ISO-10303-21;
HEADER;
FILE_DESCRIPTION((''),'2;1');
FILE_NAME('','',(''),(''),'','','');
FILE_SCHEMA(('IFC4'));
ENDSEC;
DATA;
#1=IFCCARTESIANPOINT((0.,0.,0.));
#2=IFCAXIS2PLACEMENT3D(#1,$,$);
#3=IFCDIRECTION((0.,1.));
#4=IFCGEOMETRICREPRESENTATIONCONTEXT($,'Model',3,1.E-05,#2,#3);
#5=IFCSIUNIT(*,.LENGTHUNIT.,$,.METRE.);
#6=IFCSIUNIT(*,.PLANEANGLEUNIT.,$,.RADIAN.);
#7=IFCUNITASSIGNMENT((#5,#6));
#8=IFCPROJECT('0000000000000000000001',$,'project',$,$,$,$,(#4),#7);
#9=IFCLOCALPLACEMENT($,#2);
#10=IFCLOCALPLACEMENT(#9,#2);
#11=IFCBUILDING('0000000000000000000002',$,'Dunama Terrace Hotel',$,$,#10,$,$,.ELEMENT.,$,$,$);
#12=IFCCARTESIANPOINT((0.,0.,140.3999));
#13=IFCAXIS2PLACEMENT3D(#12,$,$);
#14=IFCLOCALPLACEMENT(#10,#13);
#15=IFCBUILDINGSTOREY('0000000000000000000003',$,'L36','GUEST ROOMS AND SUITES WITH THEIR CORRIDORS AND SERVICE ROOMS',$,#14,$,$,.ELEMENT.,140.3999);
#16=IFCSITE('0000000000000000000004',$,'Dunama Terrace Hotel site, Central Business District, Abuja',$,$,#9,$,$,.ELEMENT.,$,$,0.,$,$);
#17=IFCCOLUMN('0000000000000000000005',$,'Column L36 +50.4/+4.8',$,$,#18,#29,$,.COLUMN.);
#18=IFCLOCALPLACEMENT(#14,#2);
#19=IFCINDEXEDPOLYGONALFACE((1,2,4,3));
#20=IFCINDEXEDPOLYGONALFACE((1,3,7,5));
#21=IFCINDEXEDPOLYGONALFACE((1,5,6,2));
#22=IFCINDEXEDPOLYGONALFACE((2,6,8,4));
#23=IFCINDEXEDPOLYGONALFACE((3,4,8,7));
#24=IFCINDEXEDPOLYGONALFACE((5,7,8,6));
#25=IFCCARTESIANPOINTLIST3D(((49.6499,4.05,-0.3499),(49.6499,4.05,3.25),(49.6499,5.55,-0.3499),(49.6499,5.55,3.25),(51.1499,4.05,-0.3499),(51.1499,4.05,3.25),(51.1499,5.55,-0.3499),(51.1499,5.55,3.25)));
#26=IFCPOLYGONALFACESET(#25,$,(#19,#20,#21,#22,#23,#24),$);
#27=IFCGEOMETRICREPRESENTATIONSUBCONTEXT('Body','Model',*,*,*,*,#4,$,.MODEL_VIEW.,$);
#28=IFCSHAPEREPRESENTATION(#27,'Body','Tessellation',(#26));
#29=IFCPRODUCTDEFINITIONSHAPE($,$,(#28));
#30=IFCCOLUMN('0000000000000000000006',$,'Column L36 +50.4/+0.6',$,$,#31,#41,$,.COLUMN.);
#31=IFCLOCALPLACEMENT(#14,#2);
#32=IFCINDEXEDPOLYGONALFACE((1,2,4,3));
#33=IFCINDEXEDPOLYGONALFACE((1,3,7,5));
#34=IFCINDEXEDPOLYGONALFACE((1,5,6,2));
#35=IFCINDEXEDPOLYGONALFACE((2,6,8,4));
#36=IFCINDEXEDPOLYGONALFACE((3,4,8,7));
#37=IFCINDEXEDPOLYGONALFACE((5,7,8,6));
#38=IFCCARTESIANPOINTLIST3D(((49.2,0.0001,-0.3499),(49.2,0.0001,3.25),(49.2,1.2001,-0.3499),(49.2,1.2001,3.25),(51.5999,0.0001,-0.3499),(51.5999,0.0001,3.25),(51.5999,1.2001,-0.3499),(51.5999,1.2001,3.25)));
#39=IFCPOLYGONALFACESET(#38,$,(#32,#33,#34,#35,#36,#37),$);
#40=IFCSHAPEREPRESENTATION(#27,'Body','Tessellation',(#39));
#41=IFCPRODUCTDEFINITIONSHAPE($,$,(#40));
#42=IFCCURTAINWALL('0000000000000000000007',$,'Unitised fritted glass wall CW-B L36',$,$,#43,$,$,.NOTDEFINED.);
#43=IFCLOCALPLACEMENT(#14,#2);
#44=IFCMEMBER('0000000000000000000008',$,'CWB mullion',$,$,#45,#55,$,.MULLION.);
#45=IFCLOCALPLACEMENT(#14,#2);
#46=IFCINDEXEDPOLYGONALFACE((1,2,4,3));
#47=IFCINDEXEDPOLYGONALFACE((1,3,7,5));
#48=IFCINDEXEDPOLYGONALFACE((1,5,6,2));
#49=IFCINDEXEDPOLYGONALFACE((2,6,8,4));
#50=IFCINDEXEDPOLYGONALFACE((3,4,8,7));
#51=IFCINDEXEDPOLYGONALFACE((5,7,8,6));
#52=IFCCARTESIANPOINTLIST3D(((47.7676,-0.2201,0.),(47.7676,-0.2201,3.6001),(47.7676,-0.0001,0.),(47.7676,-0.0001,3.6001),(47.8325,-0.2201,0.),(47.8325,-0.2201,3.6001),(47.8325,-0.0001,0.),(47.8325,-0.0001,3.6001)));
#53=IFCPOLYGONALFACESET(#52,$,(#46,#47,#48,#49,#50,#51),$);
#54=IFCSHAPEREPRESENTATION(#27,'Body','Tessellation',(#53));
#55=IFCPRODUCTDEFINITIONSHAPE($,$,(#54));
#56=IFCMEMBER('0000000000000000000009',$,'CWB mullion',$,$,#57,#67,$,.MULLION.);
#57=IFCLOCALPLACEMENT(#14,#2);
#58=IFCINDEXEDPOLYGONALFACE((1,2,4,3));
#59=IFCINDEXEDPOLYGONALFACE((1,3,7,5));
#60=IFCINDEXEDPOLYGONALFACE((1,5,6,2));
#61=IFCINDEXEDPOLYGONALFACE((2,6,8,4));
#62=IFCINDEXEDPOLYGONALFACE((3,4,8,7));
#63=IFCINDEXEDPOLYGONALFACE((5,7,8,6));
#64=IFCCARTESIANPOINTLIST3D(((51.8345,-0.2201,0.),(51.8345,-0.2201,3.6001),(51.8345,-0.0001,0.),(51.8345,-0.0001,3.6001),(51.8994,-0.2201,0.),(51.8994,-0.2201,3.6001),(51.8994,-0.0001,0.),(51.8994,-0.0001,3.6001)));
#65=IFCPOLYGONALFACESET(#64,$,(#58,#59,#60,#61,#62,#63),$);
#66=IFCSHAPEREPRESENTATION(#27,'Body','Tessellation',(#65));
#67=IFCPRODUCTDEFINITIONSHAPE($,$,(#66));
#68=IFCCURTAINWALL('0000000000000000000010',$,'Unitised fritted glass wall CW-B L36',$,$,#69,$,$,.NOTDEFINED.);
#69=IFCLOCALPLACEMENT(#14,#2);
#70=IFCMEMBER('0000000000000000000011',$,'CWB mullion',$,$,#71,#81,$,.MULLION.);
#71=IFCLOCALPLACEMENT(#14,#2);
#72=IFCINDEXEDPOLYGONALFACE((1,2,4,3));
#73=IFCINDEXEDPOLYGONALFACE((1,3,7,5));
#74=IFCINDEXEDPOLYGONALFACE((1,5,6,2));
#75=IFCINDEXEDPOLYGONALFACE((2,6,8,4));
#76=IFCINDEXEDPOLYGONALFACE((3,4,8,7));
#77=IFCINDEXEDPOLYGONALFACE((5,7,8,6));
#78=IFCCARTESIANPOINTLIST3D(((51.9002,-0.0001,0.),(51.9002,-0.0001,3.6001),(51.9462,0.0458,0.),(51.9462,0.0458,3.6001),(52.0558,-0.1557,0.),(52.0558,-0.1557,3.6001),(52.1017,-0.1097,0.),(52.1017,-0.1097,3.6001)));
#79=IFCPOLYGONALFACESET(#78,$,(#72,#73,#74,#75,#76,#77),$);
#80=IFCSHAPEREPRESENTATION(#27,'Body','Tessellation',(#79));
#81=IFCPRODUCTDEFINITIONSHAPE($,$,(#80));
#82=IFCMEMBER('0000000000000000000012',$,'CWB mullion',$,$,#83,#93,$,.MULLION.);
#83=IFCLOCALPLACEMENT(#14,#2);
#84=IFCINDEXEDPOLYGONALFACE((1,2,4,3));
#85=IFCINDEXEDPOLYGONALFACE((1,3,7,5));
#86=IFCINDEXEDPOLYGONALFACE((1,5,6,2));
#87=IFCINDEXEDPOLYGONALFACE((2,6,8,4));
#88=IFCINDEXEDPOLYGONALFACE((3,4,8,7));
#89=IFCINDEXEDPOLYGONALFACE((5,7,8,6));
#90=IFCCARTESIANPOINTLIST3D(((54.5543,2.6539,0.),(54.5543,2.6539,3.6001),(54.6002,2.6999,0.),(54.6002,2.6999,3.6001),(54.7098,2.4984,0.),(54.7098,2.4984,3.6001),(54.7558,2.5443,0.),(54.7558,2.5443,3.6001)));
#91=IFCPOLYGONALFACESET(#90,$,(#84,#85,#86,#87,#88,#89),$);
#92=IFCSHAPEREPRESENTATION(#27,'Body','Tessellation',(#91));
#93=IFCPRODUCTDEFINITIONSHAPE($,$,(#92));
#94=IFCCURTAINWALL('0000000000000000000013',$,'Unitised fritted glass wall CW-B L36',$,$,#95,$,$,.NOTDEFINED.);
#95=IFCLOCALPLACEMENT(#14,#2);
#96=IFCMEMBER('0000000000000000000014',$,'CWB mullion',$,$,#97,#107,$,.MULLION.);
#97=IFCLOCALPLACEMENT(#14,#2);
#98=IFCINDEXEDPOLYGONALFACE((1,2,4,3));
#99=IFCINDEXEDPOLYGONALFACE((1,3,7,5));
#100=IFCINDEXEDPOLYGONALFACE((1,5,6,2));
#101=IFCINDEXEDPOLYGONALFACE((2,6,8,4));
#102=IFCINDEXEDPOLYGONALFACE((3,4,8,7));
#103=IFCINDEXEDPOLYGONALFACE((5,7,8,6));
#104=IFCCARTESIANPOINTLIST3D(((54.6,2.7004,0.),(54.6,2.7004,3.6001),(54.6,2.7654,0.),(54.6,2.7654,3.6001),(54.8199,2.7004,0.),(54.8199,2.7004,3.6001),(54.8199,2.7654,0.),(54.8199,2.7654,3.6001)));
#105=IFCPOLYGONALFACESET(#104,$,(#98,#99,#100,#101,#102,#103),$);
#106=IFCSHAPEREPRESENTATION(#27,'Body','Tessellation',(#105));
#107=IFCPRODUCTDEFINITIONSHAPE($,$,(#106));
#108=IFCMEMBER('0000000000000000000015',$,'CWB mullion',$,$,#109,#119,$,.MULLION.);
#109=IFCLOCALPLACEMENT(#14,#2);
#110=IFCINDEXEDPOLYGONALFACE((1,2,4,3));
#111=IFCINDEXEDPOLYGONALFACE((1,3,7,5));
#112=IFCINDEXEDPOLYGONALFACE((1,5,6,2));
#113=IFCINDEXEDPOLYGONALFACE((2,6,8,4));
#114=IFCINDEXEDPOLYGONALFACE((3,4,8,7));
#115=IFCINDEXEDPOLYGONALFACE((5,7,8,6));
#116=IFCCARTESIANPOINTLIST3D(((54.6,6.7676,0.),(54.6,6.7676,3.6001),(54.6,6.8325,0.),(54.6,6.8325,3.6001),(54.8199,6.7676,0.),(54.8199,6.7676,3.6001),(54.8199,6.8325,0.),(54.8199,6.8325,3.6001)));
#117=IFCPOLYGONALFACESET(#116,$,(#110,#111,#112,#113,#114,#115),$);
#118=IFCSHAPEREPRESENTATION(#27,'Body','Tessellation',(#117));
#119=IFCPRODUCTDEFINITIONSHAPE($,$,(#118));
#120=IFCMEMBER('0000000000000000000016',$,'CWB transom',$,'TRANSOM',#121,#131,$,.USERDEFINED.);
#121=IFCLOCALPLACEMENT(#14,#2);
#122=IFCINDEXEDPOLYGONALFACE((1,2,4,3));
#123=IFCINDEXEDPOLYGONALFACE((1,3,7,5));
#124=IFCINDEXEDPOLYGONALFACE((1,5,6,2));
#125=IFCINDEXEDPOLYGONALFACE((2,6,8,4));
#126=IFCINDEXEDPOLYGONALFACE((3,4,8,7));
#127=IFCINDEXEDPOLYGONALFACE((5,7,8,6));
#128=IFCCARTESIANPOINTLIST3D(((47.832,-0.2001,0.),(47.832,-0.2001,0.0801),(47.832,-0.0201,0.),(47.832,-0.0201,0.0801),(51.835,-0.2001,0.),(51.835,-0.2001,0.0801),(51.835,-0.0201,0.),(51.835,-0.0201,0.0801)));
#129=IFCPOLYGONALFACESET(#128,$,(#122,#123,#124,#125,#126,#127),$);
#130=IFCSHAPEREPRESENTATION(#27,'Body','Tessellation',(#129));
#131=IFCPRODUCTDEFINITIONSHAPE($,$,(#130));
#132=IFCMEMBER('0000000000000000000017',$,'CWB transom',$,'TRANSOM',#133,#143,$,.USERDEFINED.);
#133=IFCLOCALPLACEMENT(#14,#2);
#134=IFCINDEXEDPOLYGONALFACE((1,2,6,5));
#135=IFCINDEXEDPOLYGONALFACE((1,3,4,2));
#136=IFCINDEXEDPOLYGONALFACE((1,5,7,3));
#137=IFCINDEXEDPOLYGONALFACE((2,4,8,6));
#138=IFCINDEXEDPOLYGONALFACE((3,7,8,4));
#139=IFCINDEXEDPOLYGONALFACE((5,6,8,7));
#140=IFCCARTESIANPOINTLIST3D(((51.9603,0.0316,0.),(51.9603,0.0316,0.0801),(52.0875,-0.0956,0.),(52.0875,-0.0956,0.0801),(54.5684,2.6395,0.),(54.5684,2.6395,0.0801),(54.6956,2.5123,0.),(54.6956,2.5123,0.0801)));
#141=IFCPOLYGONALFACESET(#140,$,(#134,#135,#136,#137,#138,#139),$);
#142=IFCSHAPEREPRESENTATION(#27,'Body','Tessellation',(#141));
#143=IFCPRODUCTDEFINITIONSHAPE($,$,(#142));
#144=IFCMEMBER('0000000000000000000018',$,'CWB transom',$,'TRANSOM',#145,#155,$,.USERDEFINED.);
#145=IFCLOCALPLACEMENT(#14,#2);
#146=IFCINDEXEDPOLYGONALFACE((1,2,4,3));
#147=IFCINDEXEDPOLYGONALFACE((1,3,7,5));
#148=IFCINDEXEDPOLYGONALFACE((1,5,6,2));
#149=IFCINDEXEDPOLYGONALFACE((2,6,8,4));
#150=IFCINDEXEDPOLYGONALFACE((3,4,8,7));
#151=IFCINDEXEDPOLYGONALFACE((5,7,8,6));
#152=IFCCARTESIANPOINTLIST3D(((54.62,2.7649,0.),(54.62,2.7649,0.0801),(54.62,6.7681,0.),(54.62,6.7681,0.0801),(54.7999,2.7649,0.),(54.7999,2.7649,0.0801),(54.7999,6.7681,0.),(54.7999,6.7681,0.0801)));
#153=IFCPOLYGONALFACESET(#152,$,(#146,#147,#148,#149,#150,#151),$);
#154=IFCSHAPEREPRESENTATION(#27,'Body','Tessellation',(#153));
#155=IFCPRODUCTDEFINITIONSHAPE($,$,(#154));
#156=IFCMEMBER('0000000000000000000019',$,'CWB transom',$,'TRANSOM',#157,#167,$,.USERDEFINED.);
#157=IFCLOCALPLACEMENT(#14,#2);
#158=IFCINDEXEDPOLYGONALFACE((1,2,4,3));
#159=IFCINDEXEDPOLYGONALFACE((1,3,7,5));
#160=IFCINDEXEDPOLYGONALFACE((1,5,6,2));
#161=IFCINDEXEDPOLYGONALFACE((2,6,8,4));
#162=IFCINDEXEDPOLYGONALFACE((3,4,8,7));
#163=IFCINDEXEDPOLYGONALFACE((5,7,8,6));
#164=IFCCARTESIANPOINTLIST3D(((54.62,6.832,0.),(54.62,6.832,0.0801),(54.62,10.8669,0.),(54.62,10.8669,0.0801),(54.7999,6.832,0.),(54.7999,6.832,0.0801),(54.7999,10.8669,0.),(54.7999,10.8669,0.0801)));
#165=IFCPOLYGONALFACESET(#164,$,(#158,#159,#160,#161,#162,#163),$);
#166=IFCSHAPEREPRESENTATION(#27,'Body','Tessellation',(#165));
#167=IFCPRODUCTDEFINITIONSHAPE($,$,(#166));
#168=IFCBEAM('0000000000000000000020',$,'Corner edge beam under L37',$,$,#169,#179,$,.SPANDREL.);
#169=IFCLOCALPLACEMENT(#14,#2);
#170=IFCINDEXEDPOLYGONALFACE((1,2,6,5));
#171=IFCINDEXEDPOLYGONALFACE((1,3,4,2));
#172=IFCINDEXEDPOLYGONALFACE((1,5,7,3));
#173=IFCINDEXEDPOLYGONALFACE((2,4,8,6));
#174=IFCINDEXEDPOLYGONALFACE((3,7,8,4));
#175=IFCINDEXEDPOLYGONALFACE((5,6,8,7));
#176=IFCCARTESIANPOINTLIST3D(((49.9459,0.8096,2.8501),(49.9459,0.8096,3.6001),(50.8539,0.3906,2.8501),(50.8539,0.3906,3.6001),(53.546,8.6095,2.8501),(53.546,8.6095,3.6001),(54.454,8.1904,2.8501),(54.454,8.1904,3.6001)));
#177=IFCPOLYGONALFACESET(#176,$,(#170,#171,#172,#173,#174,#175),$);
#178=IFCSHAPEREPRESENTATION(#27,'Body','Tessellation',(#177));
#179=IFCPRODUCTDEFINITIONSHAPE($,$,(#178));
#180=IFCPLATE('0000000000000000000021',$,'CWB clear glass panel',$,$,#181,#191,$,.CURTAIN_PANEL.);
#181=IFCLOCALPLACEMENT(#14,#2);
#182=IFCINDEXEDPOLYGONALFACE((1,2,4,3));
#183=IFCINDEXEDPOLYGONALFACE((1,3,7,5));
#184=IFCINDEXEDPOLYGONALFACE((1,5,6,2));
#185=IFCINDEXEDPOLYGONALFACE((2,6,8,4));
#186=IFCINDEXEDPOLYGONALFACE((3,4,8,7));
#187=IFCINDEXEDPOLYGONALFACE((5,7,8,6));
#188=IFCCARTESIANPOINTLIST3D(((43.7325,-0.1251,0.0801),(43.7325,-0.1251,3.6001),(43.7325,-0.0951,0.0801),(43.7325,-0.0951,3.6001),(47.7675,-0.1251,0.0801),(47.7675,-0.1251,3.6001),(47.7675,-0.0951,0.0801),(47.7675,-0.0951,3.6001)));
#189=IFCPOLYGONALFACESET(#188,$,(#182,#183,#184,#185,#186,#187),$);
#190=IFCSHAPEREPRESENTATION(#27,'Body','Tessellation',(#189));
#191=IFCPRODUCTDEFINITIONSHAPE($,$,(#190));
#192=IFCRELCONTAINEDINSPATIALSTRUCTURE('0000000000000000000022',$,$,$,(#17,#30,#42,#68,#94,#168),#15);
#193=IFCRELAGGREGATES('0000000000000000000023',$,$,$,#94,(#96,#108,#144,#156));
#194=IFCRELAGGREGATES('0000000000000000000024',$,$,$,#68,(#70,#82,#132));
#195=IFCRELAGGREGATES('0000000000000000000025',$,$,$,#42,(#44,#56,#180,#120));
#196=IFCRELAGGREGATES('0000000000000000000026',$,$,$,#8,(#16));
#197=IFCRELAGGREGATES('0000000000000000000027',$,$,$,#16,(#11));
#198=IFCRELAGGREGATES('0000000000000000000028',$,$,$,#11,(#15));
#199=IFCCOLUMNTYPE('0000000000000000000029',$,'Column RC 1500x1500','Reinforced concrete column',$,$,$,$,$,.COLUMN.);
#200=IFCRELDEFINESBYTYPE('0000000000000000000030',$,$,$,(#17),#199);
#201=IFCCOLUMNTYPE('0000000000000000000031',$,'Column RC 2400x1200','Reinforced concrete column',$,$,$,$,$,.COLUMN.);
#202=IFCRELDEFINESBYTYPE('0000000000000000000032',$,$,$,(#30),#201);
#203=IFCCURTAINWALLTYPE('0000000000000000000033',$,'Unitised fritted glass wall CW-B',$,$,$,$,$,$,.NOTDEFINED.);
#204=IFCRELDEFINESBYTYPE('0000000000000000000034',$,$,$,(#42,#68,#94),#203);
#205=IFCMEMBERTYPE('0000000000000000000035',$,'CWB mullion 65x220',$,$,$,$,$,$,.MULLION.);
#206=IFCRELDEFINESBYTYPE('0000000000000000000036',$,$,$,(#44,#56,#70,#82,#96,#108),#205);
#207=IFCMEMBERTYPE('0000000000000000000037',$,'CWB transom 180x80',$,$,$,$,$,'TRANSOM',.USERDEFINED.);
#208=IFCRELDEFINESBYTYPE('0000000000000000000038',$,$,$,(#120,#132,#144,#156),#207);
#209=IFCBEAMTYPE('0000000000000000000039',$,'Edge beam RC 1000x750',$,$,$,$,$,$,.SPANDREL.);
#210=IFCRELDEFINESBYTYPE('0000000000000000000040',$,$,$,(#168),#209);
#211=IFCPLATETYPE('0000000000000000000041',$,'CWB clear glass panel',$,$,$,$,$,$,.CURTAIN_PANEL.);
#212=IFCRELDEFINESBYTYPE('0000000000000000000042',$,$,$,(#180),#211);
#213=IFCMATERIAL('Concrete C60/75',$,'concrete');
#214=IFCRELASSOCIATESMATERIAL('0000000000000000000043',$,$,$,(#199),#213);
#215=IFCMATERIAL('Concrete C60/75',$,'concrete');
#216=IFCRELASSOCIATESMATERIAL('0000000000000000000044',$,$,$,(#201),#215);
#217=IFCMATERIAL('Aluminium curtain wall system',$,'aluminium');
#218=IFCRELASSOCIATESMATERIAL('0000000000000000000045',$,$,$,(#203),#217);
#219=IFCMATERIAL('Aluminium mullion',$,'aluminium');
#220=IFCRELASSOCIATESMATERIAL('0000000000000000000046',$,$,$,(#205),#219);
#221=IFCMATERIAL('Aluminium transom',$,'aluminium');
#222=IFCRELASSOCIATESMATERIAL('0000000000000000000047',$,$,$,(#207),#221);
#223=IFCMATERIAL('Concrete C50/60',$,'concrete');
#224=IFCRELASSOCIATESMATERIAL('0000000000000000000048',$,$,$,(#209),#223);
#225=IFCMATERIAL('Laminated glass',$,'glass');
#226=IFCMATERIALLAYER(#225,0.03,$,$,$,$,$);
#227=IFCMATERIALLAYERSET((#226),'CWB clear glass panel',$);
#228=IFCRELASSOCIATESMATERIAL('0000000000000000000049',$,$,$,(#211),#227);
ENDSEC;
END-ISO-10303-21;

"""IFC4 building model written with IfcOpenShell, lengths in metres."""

from ifc_helpers import new_model, si_unit, direction, frame, origin, origin_2d, place, context, subcontext, project, spatial, rectangle, extrude, material, layer, layer_set, material_profile, profile_set, type_object, element, aggregate, save


model = new_model("IFC4")

# Units and contexts
model_context = context("Model", 3, precision=1e-05, world=origin(), true_north=direction((0.0, 1.0)))
body_context = subcontext(model_context, "Body", "Model", "MODEL_VIEW")
ifc_project = project(units=[si_unit("LENGTHUNIT", "METRE"), si_unit("PLANEANGLEUNIT", "RADIAN")], contexts=[model_context])

# Site, building, storey
site_placement = place(None, origin())
site = spatial("IfcSite", under=ifc_project, at=site_placement, Name="Dunama Terrace Hotel site, Central Business District, Abuja", CompositionType="ELEMENT", RefElevation=0.0)
building_placement = place(site_placement, origin())
building = spatial("IfcBuilding", under=site, at=building_placement, Name="Dunama Terrace Hotel", CompositionType="ELEMENT")
storey_placement = place(building_placement, frame((0.0, 0.0, 140.3999)))
storey = spatial("IfcBuildingStorey", under=building, at=storey_placement, Name="L36", Description="GUEST ROOMS AND SUITES WITH THEIR CORRIDORS AND SERVICE ROOMS", CompositionType="ELEMENT", Elevation=140.3999)

# Columns
ifc_material_1 = material(Name="Concrete C60/75", Category="concrete")
ifc_material_profile_1 = material_profile(ifc_material_1, rectangle(XDim=1.5, YDim=1.5, at=origin_2d()), Name="RC 1500x1500")
ifc_profile_set_1 = profile_set([ifc_material_profile_1], Name="Concrete C60/75")
column_type_1 = type_object("IfcColumnType", Name="Column RC 1500x1500", Description="Reinforced concrete column", PredefinedType="COLUMN", material=ifc_profile_set_1)
column_1_placement = place(storey_placement, frame((50.3999, 4.8, -0.3499), z_axis=(0.0, 0.0, 1.0), x_axis=(1.0, 0.0, 0.0)))
element("IfcColumn", 1, at=column_1_placement, inside=storey, type_object=column_type_1, Name="Column L36 +50.4/+4.8", PredefinedType="COLUMN", context=body_context, shape_type="SweptSolid", body=[
    extrude(rectangle(XDim=1.5, YDim=1.5, at=origin_2d()), origin(), (0.0, 0.0, 1.0), 3.5999),
])
ifc_material_2 = material(Name="Concrete C60/75", Category="concrete")
ifc_material_profile_2 = material_profile(ifc_material_2, rectangle(XDim=2.3999, YDim=1.2, at=origin_2d()), Name="RC 2400x1200")
ifc_profile_set_2 = profile_set([ifc_material_profile_2], Name="Concrete C60/75")
column_type_2 = type_object("IfcColumnType", Name="Column RC 2400x1200", Description="Reinforced concrete column", PredefinedType="COLUMN", material=ifc_profile_set_2)
column_2_placement = place(storey_placement, frame((50.3999, 0.6001, -0.3499), z_axis=(0.0, 0.0, 1.0), x_axis=(1.0, 0.0, 0.0)))
element("IfcColumn", 2, at=column_2_placement, inside=storey, type_object=column_type_2, Name="Column L36 +50.4/+0.6", PredefinedType="COLUMN", context=body_context, shape_type="SweptSolid", body=[
    extrude(rectangle(XDim=2.3999, YDim=1.2, at=origin_2d()), origin(), (0.0, 0.0, 1.0), 3.5999),
])

# Curtain walls, members
ifc_material_3 = material(Name="Aluminium curtain wall system", Category="aluminium")
curtain_wall_type = type_object("IfcCurtainWallType", Name="Unitised fritted glass wall CW-B", PredefinedType="NOTDEFINED", material=ifc_material_3)
curtain_wall_1_placement = place(storey_placement, origin())
curtain_wall_1 = element("IfcCurtainWall", 3, at=curtain_wall_1_placement, inside=storey, type_object=curtain_wall_type, Name="Unitised fritted glass wall CW-B L36", PredefinedType="NOTDEFINED")
ifc_material_4 = material(Name="Aluminium mullion", Category="aluminium")
ifc_material_profile_3 = material_profile(ifc_material_4, rectangle(XDim=0.0649, YDim=0.22, at=origin_2d()), Name="CWB MULLION 65X220")
ifc_profile_set_3 = profile_set([ifc_material_profile_3], Name="Aluminium mullion")
member_type_1 = type_object("IfcMemberType", Name="CWB mullion 65x220", PredefinedType="MULLION", material=ifc_profile_set_3)
member_1_placement = place(storey_placement, frame((47.8, -0.1101, 0.0), z_axis=(0.0, 0.0, 1.0), x_axis=(1.0, 0.0, 0.0)))
member_1 = element("IfcMember", 4, at=member_1_placement, type_object=member_type_1, Name="CWB mullion", PredefinedType="MULLION", context=body_context, shape_type="SweptSolid", body=[
    extrude(rectangle(XDim=0.0649, YDim=0.22, at=origin_2d()), origin(), (0.0, 0.0, 1.0), 3.6001),
])
member_2_placement = place(storey_placement, frame((51.8669, -0.1101, 0.0), z_axis=(0.0, 0.0, 1.0), x_axis=(1.0, 0.0, 0.0)))
member_2 = element("IfcMember", 5, at=member_2_placement, type_object=member_type_1, Name="CWB mullion", PredefinedType="MULLION", context=body_context, shape_type="SweptSolid", body=[
    extrude(rectangle(XDim=0.0649, YDim=0.22, at=origin_2d()), origin(), (0.0, 0.0, 1.0), 3.6001),
])
curtain_wall_2_placement = place(storey_placement, origin())
curtain_wall_2 = element("IfcCurtainWall", 6, at=curtain_wall_2_placement, inside=storey, type_object=curtain_wall_type, Name="Unitised fritted glass wall CW-B L36", PredefinedType="NOTDEFINED")
member_3_placement = place(storey_placement, frame((52.001, -0.0549, 0.0), z_axis=(0.0, 0.0, 1.0), x_axis=(0.707107, 0.707107, 0.0)))
member_3 = element("IfcMember", 7, at=member_3_placement, type_object=member_type_1, Name="CWB mullion", PredefinedType="MULLION", context=body_context, shape_type="SweptSolid", body=[
    extrude(rectangle(XDim=0.0649, YDim=0.22, at=origin_2d()), origin(), (0.0, 0.0, 1.0), 3.6001),
])
member_4_placement = place(storey_placement, frame((54.655, 2.5991, 0.0), z_axis=(0.0, 0.0, 1.0), x_axis=(0.707107, 0.707107, 0.0)))
member_4 = element("IfcMember", 8, at=member_4_placement, type_object=member_type_1, Name="CWB mullion", PredefinedType="MULLION", context=body_context, shape_type="SweptSolid", body=[
    extrude(rectangle(XDim=0.0649, YDim=0.22, at=origin_2d()), origin(), (0.0, 0.0, 1.0), 3.6001),
])
curtain_wall_3_placement = place(storey_placement, origin())
curtain_wall_3 = element("IfcCurtainWall", 9, at=curtain_wall_3_placement, inside=storey, type_object=curtain_wall_type, Name="Unitised fritted glass wall CW-B L36", PredefinedType="NOTDEFINED")
member_5_placement = place(storey_placement, frame((54.71, 2.7329, 0.0), z_axis=(0.0, 0.0, 1.0), x_axis=(0.0, 1.0, 0.0)))
member_5 = element("IfcMember", 10, at=member_5_placement, type_object=member_type_1, Name="CWB mullion", PredefinedType="MULLION", context=body_context, shape_type="SweptSolid", body=[
    extrude(rectangle(XDim=0.0649, YDim=0.22, at=origin_2d()), origin(), (0.0, 0.0, 1.0), 3.6001),
])
member_6_placement = place(storey_placement, frame((54.71, 6.8, 0.0), z_axis=(0.0, 0.0, 1.0), x_axis=(0.0, 1.0, 0.0)))
member_6 = element("IfcMember", 11, at=member_6_placement, type_object=member_type_1, Name="CWB mullion", PredefinedType="MULLION", context=body_context, shape_type="SweptSolid", body=[
    extrude(rectangle(XDim=0.0649, YDim=0.22, at=origin_2d()), origin(), (0.0, 0.0, 1.0), 3.6001),
])

# Members
ifc_material_5 = material(Name="Aluminium transom", Category="aluminium")
ifc_material_profile_4 = material_profile(ifc_material_5, rectangle(XDim=0.1799, YDim=0.0801, at=origin_2d()), Name="CWB TRANSOM 180X80")
ifc_profile_set_4 = profile_set([ifc_material_profile_4], Name="Aluminium transom")
member_type_2 = type_object("IfcMemberType", Name="CWB transom 180x80", ElementType="TRANSOM", PredefinedType="USERDEFINED", material=ifc_profile_set_4)
member_7_placement = place(storey_placement, frame((47.832, -0.1101, 0.04), z_axis=(1.0, 0.0, 0.0), x_axis=(0.0, 1.0, 0.0)))
member_7 = element("IfcMember", 12, at=member_7_placement, type_object=member_type_2, Name="CWB transom", ObjectType="TRANSOM", PredefinedType="USERDEFINED", context=body_context, shape_type="SweptSolid", body=[
    extrude(rectangle(XDim=0.1799, YDim=0.0801, at=origin_2d()), origin(), (0.0, 0.0, 1.0), 4.0029),
])
member_8_placement = place(storey_placement, frame((52.0239, -0.032, 0.04), z_axis=(0.70714, 0.707074, 0.0), x_axis=(-0.707074, 0.70714, 0.0)))
member_8 = element("IfcMember", 13, at=member_8_placement, type_object=member_type_2, Name="CWB transom", ObjectType="TRANSOM", PredefinedType="USERDEFINED", context=body_context, shape_type="SweptSolid", body=[
    extrude(rectangle(XDim=0.1799, YDim=0.0801, at=origin_2d()), origin(), (0.0, 0.0, 1.0), 3.6882),
])
member_9_placement = place(storey_placement, frame((54.71, 2.7649, 0.04), z_axis=(0.0, 1.0, 0.0), x_axis=(-1.0, 0.0, 0.0)))
member_9 = element("IfcMember", 14, at=member_9_placement, type_object=member_type_2, Name="CWB transom", ObjectType="TRANSOM", PredefinedType="USERDEFINED", context=body_context, shape_type="SweptSolid", body=[
    extrude(rectangle(XDim=0.1799, YDim=0.0801, at=origin_2d()), origin(), (0.0, 0.0, 1.0), 4.0032),
])
member_10_placement = place(storey_placement, frame((54.71, 6.832, 0.04), z_axis=(0.0, 1.0, 0.0), x_axis=(-1.0, 0.0, 0.0)))
member_10 = element("IfcMember", 15, at=member_10_placement, type_object=member_type_2, Name="CWB transom", ObjectType="TRANSOM", PredefinedType="USERDEFINED", context=body_context, shape_type="SweptSolid", body=[
    extrude(rectangle(XDim=0.1799, YDim=0.0801, at=origin_2d()), origin(), (0.0, 0.0, 1.0), 4.0349),
])

# Beam
ifc_material_6 = material(Name="Concrete C50/60", Category="concrete")
ifc_material_profile_5 = material_profile(ifc_material_6, rectangle(XDim=1.0, YDim=0.75, at=origin_2d()), Name="RC 1000x750")
ifc_profile_set_5 = profile_set([ifc_material_profile_5], Name="Concrete C50/60")
beam_type = type_object("IfcBeamType", Name="Edge beam RC 1000x750", PredefinedType="SPANDREL", material=ifc_profile_set_5)
beam_placement = place(storey_placement, frame((50.3999, 0.6001, 3.2251), z_axis=(0.419076, 0.907951, 0.0), x_axis=(-0.907951, 0.419076, 0.0)))
element("IfcBeam", 16, at=beam_placement, inside=storey, type_object=beam_type, Name="Corner edge beam under L37", PredefinedType="SPANDREL", context=body_context, shape_type="SweptSolid", body=[
    extrude(rectangle(XDim=1.0, YDim=0.75, at=origin_2d()), origin(), (0.0, 0.0, 1.0), 8.5906),
])

# Plate
ifc_material_7 = material(Name="Laminated glass", Category="glass")
ifc_layer_1 = layer(ifc_material_7, 0.03)
ifc_layer_set_1 = layer_set([ifc_layer_1], Name="CWB clear glass panel")
plate_type_1 = type_object("IfcPlateType", Name="CWB clear glass panel", PredefinedType="CURTAIN_PANEL", material=ifc_layer_set_1)
plate_1_placement = place(storey_placement, frame((45.75, -0.1101, 0.0801), z_axis=(0.0, 0.0, 1.0), x_axis=(1.0, 0.0, 0.0)))
plate_1 = element("IfcPlate", 17, at=plate_1_placement, type_object=plate_type_1, Name="CWB clear glass panel", PredefinedType="CURTAIN_PANEL", context=body_context, shape_type="SweptSolid", body=[
    extrude(rectangle(XDim=4.0349, YDim=0.03, at=origin_2d()), origin(), (0.0, 0.0, 1.0), 3.52),
])
aggregate(curtain_wall_3, [member_5, member_6, member_9, member_10])
aggregate(curtain_wall_2, [member_3, member_4, member_8])
aggregate(curtain_wall_1, [member_1, member_2, plate_1, member_7])

save(model, "model.ifc")
